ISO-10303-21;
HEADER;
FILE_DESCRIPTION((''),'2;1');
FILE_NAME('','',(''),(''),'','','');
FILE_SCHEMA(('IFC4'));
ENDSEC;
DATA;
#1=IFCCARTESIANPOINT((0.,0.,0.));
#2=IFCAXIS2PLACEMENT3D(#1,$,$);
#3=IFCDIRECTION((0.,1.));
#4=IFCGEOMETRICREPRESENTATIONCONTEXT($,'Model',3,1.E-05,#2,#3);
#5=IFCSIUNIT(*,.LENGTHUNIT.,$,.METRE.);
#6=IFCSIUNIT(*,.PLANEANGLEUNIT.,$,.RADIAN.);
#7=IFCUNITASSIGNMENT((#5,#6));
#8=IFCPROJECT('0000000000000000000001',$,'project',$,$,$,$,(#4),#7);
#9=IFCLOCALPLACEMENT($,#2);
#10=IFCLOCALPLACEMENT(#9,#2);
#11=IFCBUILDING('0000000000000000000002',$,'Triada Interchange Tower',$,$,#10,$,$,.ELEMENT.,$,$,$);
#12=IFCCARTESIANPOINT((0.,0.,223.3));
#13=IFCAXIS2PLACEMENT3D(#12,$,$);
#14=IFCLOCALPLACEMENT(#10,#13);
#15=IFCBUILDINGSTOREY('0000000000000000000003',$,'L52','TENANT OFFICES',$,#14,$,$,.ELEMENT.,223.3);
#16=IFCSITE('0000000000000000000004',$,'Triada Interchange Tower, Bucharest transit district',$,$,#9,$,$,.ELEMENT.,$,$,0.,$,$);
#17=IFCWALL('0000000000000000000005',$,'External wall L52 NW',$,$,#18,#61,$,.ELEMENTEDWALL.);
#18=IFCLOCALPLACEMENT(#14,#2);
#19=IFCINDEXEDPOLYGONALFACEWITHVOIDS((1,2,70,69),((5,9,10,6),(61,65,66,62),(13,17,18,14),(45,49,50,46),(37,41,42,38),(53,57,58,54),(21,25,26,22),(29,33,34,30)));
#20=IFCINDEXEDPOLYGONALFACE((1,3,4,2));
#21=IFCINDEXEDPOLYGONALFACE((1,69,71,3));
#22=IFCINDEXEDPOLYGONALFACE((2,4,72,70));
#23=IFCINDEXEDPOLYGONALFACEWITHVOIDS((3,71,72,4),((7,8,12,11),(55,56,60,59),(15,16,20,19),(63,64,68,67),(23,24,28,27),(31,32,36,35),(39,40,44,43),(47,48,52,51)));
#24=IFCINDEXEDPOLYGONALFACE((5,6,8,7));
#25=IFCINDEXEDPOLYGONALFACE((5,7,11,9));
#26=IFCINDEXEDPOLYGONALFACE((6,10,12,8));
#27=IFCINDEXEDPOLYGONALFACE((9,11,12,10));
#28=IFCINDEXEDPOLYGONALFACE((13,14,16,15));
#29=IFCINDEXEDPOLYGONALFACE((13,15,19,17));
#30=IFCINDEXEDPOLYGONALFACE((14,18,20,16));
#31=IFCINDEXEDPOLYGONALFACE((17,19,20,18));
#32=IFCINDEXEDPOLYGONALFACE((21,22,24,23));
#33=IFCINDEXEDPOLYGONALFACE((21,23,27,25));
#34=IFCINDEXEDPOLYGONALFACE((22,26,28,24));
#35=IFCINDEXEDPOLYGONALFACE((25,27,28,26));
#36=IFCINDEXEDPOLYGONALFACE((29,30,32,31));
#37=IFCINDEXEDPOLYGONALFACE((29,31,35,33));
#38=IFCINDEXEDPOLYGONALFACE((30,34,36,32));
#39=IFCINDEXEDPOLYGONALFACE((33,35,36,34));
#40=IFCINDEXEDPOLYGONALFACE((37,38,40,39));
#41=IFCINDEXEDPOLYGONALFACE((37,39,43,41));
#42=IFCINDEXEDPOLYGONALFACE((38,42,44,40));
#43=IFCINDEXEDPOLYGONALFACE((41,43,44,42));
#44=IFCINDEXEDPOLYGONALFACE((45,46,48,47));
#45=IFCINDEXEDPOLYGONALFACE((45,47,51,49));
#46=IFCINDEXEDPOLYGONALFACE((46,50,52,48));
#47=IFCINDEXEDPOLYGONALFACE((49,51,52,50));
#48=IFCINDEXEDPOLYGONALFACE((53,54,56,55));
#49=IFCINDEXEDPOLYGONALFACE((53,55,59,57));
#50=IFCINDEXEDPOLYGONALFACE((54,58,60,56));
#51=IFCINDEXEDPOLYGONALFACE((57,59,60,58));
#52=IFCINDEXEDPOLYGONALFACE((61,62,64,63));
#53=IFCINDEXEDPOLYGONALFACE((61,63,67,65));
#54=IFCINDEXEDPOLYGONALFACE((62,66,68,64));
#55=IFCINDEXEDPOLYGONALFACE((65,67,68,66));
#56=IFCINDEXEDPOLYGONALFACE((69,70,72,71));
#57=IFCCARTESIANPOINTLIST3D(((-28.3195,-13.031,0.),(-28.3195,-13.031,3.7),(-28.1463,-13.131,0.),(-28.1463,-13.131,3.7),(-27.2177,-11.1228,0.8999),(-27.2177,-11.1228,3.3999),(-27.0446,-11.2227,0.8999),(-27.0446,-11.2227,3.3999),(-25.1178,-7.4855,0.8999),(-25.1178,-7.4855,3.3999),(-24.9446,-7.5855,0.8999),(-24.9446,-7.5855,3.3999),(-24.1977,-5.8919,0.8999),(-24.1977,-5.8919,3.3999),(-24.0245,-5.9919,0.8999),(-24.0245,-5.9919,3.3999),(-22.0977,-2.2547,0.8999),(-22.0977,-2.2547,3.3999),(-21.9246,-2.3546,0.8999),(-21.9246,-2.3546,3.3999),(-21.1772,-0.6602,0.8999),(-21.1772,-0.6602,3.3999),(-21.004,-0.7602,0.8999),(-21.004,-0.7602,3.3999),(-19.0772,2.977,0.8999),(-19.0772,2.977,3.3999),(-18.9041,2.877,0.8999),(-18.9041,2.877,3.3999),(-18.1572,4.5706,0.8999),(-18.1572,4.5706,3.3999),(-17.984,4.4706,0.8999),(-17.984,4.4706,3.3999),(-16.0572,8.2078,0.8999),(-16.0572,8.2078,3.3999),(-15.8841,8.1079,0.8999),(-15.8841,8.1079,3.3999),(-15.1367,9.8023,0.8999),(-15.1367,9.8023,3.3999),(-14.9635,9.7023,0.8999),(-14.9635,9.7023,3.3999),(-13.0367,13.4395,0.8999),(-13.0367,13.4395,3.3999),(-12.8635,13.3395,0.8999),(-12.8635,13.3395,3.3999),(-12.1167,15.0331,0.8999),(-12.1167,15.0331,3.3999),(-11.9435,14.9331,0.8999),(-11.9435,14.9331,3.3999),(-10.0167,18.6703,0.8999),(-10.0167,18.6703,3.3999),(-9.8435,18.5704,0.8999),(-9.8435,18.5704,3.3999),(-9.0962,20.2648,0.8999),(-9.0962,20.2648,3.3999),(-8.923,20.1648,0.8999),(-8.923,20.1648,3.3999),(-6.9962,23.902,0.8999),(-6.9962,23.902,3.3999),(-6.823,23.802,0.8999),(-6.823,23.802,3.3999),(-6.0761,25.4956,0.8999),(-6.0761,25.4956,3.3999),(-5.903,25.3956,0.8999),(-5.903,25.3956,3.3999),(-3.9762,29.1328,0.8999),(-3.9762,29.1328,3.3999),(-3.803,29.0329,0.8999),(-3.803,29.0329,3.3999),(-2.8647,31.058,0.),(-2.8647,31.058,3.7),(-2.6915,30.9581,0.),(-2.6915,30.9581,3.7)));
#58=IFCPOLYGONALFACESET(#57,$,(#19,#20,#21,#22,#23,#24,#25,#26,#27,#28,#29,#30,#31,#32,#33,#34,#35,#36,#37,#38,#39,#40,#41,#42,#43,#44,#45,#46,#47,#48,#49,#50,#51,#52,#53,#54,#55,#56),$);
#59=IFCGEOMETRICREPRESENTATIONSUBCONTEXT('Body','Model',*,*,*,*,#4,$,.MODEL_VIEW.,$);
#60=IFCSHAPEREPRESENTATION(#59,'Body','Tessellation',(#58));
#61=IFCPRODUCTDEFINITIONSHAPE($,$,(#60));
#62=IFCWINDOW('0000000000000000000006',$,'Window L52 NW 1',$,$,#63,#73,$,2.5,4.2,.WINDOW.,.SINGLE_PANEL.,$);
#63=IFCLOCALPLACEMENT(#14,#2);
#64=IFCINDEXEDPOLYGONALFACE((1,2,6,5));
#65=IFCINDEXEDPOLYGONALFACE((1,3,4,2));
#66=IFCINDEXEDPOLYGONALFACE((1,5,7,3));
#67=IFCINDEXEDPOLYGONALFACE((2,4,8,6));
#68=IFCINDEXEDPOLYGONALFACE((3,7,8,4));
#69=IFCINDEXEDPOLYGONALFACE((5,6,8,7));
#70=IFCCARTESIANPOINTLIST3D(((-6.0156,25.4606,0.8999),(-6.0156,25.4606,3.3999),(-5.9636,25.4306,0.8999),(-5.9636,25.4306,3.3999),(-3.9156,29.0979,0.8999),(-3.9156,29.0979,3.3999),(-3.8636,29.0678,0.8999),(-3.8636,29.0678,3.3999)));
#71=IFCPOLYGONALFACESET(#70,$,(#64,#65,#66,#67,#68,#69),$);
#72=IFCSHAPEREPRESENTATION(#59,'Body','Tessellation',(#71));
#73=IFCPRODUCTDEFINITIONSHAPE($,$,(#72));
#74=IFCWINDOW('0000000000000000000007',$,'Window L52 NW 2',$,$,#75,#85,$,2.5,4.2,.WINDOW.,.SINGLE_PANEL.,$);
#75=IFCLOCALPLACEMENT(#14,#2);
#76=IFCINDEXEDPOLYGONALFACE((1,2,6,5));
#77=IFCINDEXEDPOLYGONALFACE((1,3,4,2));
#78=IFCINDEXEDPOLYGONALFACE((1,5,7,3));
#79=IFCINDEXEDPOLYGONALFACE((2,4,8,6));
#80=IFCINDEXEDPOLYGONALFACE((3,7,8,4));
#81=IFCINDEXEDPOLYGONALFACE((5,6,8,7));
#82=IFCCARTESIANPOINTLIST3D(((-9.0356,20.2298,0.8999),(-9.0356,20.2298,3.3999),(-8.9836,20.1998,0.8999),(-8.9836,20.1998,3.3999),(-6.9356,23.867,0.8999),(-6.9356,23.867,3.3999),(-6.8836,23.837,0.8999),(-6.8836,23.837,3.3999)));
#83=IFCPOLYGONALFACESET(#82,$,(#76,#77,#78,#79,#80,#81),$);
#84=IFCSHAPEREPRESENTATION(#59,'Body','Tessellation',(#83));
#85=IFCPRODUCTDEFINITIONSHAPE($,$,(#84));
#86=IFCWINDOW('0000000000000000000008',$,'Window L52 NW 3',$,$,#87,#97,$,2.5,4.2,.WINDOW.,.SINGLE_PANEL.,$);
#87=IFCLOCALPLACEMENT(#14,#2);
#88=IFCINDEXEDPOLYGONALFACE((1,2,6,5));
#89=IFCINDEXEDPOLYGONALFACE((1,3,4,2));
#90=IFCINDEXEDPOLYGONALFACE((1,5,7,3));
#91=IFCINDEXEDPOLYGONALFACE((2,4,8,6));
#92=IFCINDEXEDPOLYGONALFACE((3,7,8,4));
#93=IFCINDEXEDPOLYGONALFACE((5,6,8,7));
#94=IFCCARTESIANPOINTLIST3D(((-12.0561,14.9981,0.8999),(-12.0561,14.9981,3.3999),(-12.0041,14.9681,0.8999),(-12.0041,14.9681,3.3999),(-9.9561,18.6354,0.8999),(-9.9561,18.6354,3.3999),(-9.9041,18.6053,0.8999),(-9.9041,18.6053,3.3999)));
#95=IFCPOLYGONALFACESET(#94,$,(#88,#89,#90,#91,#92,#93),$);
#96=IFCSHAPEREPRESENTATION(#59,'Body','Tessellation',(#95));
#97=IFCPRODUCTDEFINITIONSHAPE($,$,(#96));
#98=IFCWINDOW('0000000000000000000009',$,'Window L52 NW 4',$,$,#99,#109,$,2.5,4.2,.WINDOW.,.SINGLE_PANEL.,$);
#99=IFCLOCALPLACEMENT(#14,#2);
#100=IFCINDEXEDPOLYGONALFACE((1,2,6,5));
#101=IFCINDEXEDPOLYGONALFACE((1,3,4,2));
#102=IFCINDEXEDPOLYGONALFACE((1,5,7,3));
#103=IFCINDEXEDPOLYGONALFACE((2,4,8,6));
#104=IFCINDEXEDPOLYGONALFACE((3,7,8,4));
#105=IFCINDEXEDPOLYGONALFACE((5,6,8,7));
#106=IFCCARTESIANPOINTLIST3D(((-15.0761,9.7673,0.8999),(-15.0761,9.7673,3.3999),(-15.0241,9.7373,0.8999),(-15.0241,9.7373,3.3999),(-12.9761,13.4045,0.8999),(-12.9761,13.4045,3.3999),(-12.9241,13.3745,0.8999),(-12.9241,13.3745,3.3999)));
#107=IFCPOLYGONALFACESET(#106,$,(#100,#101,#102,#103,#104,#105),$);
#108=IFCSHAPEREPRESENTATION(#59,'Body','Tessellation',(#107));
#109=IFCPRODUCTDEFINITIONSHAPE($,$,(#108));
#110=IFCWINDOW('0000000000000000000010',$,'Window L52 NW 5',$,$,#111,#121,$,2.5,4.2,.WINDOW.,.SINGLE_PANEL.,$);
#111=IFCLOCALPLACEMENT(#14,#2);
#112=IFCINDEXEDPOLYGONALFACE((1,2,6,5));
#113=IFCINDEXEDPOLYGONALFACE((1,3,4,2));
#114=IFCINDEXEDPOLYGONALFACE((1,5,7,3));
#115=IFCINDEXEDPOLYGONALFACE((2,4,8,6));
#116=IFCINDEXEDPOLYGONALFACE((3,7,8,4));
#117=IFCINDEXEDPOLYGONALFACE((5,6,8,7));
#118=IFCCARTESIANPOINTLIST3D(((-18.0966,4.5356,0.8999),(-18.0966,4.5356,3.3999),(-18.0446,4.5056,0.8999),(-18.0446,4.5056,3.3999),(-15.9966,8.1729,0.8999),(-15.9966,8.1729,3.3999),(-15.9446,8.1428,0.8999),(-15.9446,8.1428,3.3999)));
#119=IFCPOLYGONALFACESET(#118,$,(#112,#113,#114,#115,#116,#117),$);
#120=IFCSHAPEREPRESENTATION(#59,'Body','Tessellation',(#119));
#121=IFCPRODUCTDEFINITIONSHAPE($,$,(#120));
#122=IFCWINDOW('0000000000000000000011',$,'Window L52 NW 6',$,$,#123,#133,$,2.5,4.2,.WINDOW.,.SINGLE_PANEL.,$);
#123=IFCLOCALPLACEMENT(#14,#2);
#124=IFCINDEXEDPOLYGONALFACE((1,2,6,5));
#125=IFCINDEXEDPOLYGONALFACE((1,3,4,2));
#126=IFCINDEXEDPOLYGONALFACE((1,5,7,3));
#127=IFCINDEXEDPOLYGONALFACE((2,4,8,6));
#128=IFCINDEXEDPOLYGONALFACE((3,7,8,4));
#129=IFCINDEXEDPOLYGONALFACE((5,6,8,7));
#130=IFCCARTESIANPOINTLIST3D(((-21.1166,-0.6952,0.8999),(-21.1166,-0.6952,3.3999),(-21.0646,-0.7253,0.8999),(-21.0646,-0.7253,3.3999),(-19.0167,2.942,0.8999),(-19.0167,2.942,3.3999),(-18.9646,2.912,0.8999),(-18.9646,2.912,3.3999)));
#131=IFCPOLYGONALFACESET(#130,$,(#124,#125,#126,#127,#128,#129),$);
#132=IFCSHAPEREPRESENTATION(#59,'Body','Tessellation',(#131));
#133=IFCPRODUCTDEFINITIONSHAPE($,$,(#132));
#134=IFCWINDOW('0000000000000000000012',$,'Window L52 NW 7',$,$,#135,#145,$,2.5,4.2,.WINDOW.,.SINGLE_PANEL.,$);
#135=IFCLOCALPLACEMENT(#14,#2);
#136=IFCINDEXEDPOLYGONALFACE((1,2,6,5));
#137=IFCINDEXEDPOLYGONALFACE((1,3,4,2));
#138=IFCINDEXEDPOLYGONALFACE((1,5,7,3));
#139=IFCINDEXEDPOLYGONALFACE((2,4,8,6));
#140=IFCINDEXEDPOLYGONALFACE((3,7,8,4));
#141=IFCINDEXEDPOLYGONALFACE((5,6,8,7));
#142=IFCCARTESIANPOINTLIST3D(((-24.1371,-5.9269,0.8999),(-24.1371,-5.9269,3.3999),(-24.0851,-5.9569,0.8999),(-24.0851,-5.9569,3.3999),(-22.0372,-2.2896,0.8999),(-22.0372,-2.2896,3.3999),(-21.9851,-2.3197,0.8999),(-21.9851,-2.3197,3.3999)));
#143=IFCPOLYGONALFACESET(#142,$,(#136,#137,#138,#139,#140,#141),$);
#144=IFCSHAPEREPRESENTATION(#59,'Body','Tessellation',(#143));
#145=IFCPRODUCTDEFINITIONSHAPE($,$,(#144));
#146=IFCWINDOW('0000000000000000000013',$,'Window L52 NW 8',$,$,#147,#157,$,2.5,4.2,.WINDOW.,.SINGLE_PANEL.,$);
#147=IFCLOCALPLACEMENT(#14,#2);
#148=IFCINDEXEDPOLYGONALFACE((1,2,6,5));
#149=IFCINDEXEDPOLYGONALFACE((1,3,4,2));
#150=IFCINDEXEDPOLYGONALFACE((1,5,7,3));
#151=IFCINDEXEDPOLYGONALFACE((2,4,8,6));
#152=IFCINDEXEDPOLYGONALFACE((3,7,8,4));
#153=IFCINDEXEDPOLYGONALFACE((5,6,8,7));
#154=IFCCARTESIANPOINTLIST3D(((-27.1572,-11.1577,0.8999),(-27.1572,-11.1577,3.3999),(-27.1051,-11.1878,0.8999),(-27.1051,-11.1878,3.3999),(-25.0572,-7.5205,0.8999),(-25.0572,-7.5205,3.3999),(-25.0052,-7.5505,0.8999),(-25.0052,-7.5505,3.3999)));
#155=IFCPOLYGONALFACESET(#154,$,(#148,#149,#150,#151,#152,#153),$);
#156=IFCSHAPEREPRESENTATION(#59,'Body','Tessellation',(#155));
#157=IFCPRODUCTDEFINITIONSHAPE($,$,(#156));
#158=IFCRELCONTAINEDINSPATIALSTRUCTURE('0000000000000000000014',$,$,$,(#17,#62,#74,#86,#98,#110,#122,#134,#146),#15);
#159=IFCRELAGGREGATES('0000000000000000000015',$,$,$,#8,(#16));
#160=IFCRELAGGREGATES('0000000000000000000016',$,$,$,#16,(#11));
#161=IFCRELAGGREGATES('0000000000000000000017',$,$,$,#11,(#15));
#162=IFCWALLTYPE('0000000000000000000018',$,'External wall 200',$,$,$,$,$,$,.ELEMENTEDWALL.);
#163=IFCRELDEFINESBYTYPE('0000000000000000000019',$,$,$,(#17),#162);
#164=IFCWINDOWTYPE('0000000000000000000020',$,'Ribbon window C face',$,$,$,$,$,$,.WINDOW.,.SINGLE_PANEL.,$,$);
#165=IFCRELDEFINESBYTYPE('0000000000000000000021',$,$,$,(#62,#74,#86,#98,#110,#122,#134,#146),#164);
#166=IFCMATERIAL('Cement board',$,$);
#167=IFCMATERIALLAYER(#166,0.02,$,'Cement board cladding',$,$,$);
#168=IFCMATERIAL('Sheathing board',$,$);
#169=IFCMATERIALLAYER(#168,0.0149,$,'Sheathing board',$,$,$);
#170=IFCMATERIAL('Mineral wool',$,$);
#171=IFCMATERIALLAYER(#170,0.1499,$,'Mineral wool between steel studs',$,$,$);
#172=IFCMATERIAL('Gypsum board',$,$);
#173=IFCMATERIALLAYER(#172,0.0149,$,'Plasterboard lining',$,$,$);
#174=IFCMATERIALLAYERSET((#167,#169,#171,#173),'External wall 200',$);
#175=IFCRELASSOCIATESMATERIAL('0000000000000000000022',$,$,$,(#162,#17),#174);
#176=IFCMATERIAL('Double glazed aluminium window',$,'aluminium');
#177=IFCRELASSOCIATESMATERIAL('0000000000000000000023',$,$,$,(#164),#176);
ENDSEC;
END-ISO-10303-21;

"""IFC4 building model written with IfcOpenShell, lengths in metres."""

from ifc_helpers import new_model, si_unit, direction, frame, frame_2d, origin, place, context, subcontext, project, spatial, rectangle, extrude, material, layer, layer_set, layer_usage, type_object, element, fill, save


model = new_model("IFC4")

# Units and contexts
model_context = context("Model", 3, precision=1e-05, world=origin(), true_north=direction((0.0, 1.0)))
body_context = subcontext(model_context, "Body", "Model", "MODEL_VIEW")
ifc_project = project(units=[si_unit("LENGTHUNIT", "METRE"), si_unit("PLANEANGLEUNIT", "RADIAN")], contexts=[model_context])

# Site, building, storey
site_placement = place(None, origin())
site = spatial("IfcSite", under=ifc_project, at=site_placement, Name="Triada Interchange Tower, Bucharest transit district", CompositionType="ELEMENT", RefElevation=0.0)
building_placement = place(site_placement, origin())
building = spatial("IfcBuilding", under=site, at=building_placement, Name="Triada Interchange Tower", CompositionType="ELEMENT")
storey_placement = place(building_placement, frame((0.0, 0.0, 223.3)))
storey = spatial("IfcBuildingStorey", under=building, at=storey_placement, Name="L52", Description="TENANT OFFICES", CompositionType="ELEMENT", Elevation=223.3)

# Wall, openings, windows
ifc_material_1 = material(Name="Cement board")
ifc_layer_1 = layer(ifc_material_1, 0.02, Name="Cement board cladding")
ifc_material_2 = material(Name="Sheathing board")
ifc_layer_2 = layer(ifc_material_2, 0.0149, Name="Sheathing board")
ifc_material_3 = material(Name="Mineral wool")
ifc_layer_3 = layer(ifc_material_3, 0.1499, Name="Mineral wool between steel studs")
ifc_material_4 = material(Name="Gypsum board")
ifc_layer_4 = layer(ifc_material_4, 0.0149, Name="Plasterboard lining")
ifc_layer_set_1 = layer_set([ifc_layer_1, ifc_layer_2, ifc_layer_3, ifc_layer_4], Name="External wall 200")
ifc_layer_usage = layer_usage(ifc_layer_set_1, "AXIS2", "POSITIVE", -0.1001)
wall_type_1 = type_object("IfcWallType", Name="External wall 200", PredefinedType="ELEMENTEDWALL", material=ifc_layer_set_1)
wall_1_placement = place(storey_placement, frame((-2.7781, 31.0081, 0.0), z_axis=(0.0, 0.0, 1.0), x_axis=(-0.5, -0.866026, 0.0)))
wall_1 = element("IfcWall", 1, at=wall_1_placement, inside=storey, type_object=wall_type_1, material=ifc_layer_usage, Name="External wall L52 NW", PredefinedType="ELEMENTEDWALL", context=body_context, shape_type="SweptSolid", body=[
    extrude(rectangle(XDim=50.9097, YDim=0.2, at=frame_2d((25.4548, 0.0))), origin(), (0.0, 0.0, 1.0), 3.7),
])
opening_1_placement = place(wall_1_placement, frame((2.2229, 0.0, 0.8999)))
opening_1 = element("IfcOpeningElement", 2, at=opening_1_placement, cuts=wall_1, PredefinedType="OPENING", context=body_context, shape_type="SweptSolid", body=[
    extrude(rectangle(XDim=4.2, YDim=2.5, at=frame_2d((2.1001, 1.25))), frame((0.0, 0.1099, 0.0), z_axis=(0.0, -1.0, 0.0), x_axis=(1.0, 0.0, 0.0)), (0.0, 0.0, 1.0), 0.22),
])
opening_2_placement = place(wall_1_placement, frame((8.2629, 0.0, 0.8999)))
opening_2 = element("IfcOpeningElement", 3, at=opening_2_placement, cuts=wall_1, PredefinedType="OPENING", context=body_context, shape_type="SweptSolid", body=[
    extrude(rectangle(XDim=4.2, YDim=2.5, at=frame_2d((2.1001, 1.25))), frame((0.0, 0.1099, 0.0), z_axis=(0.0, -1.0, 0.0), x_axis=(1.0, 0.0, 0.0)), (0.0, 0.0, 1.0), 0.22),
])
opening_3_placement = place(wall_1_placement, frame((14.304, 0.0, 0.8999)))
opening_3 = element("IfcOpeningElement", 4, at=opening_3_placement, cuts=wall_1, PredefinedType="OPENING", context=body_context, shape_type="SweptSolid", body=[
    extrude(rectangle(XDim=4.2, YDim=2.5, at=frame_2d((2.1001, 1.25))), frame((0.0, 0.1099, 0.0), z_axis=(0.0, -1.0, 0.0), x_axis=(1.0, 0.0, 0.0)), (0.0, 0.0, 1.0), 0.22),
])
opening_4_placement = place(wall_1_placement, frame((20.344, 0.0, 0.8999)))
opening_4 = element("IfcOpeningElement", 5, at=opening_4_placement, cuts=wall_1, PredefinedType="OPENING", context=body_context, shape_type="SweptSolid", body=[
    extrude(rectangle(XDim=4.2, YDim=2.5, at=frame_2d((2.1001, 1.25))), frame((0.0, 0.1099, 0.0), z_axis=(0.0, -1.0, 0.0), x_axis=(1.0, 0.0, 0.0)), (0.0, 0.0, 1.0), 0.22),
])
opening_5_placement = place(wall_1_placement, frame((26.385, 0.0, 0.8999)))
opening_5 = element("IfcOpeningElement", 6, at=opening_5_placement, cuts=wall_1, PredefinedType="OPENING", context=body_context, shape_type="SweptSolid", body=[
    extrude(rectangle(XDim=4.2, YDim=2.5, at=frame_2d((2.1001, 1.25))), frame((0.0, 0.1099, 0.0), z_axis=(0.0, -1.0, 0.0), x_axis=(1.0, 0.0, 0.0)), (0.0, 0.0, 1.0), 0.22),
])
opening_6_placement = place(wall_1_placement, frame((32.425, 0.0, 0.8999)))
opening_6 = element("IfcOpeningElement", 7, at=opening_6_placement, cuts=wall_1, PredefinedType="OPENING", context=body_context, shape_type="SweptSolid", body=[
    extrude(rectangle(XDim=4.2, YDim=2.5, at=frame_2d((2.1001, 1.25))), frame((0.0, 0.1099, 0.0), z_axis=(0.0, -1.0, 0.0), x_axis=(1.0, 0.0, 0.0)), (0.0, 0.0, 1.0), 0.22),
])
opening_7_placement = place(wall_1_placement, frame((38.4661, 0.0, 0.8999)))
opening_7 = element("IfcOpeningElement", 8, at=opening_7_placement, cuts=wall_1, PredefinedType="OPENING", context=body_context, shape_type="SweptSolid", body=[
    extrude(rectangle(XDim=4.2, YDim=2.5, at=frame_2d((2.1001, 1.25))), frame((0.0, 0.1099, 0.0), z_axis=(0.0, -1.0, 0.0), x_axis=(1.0, 0.0, 0.0)), (0.0, 0.0, 1.0), 0.22),
])
opening_8_placement = place(wall_1_placement, frame((44.5061, 0.0, 0.8999)))
opening_8 = element("IfcOpeningElement", 9, at=opening_8_placement, cuts=wall_1, PredefinedType="OPENING", context=body_context, shape_type="SweptSolid", body=[
    extrude(rectangle(XDim=4.2, YDim=2.5, at=frame_2d((2.1001, 1.25))), frame((0.0, 0.1099, 0.0), z_axis=(0.0, -1.0, 0.0), x_axis=(1.0, 0.0, 0.0)), (0.0, 0.0, 1.0), 0.22),
])
ifc_material_5 = material(Name="Double glazed aluminium window", Category="aluminium")
window_type = type_object("IfcWindowType", Name="Ribbon window C face", PartitioningType="SINGLE_PANEL", PredefinedType="WINDOW", material=ifc_material_5)
window_1_placement = place(opening_1_placement, origin())
window_1 = element("IfcWindow", 10, at=window_1_placement, inside=storey, type_object=window_type, Name="Window L52 NW 1", OverallHeight=2.5, OverallWidth=4.2, PartitioningType="SINGLE_PANEL", PredefinedType="WINDOW", context=body_context, shape_type="SweptSolid", body=[
    extrude(rectangle(XDim=4.2, YDim=2.5, at=frame_2d((2.1001, 1.25))), frame((0.0, 0.03, 0.0), z_axis=(0.0, -1.0, 0.0), x_axis=(1.0, 0.0, 0.0)), (0.0, 0.0, 1.0), 0.0601),
])
fill(opening_1, window_1)
window_2_placement = place(opening_2_placement, origin())
window_2 = element("IfcWindow", 11, at=window_2_placement, inside=storey, type_object=window_type, Name="Window L52 NW 2", OverallHeight=2.5, OverallWidth=4.2, PartitioningType="SINGLE_PANEL", PredefinedType="WINDOW", context=body_context, shape_type="SweptSolid", body=[
    extrude(rectangle(XDim=4.2, YDim=2.5, at=frame_2d((2.1001, 1.25))), frame((0.0, 0.03, 0.0), z_axis=(0.0, -1.0, 0.0), x_axis=(1.0, 0.0, 0.0)), (0.0, 0.0, 1.0), 0.0601),
])
fill(opening_2, window_2)
window_3_placement = place(opening_3_placement, origin())
window_3 = element("IfcWindow", 12, at=window_3_placement, inside=storey, type_object=window_type, Name="Window L52 NW 3", OverallHeight=2.5, OverallWidth=4.2, PartitioningType="SINGLE_PANEL", PredefinedType="WINDOW", context=body_context, shape_type="SweptSolid", body=[
    extrude(rectangle(XDim=4.2, YDim=2.5, at=frame_2d((2.1001, 1.25))), frame((0.0, 0.03, 0.0), z_axis=(0.0, -1.0, 0.0), x_axis=(1.0, 0.0, 0.0)), (0.0, 0.0, 1.0), 0.0601),
])
fill(opening_3, window_3)
window_4_placement = place(opening_4_placement, origin())
window_4 = element("IfcWindow", 13, at=window_4_placement, inside=storey, type_object=window_type, Name="Window L52 NW 4", OverallHeight=2.5, OverallWidth=4.2, PartitioningType="SINGLE_PANEL", PredefinedType="WINDOW", context=body_context, shape_type="SweptSolid", body=[
    extrude(rectangle(XDim=4.2, YDim=2.5, at=frame_2d((2.1001, 1.25))), frame((0.0, 0.03, 0.0), z_axis=(0.0, -1.0, 0.0), x_axis=(1.0, 0.0, 0.0)), (0.0, 0.0, 1.0), 0.0601),
])
fill(opening_4, window_4)
window_5_placement = place(opening_5_placement, origin())
window_5 = element("IfcWindow", 14, at=window_5_placement, inside=storey, type_object=window_type, Name="Window L52 NW 5", OverallHeight=2.5, OverallWidth=4.2, PartitioningType="SINGLE_PANEL", PredefinedType="WINDOW", context=body_context, shape_type="SweptSolid", body=[
    extrude(rectangle(XDim=4.2, YDim=2.5, at=frame_2d((2.1001, 1.25))), frame((0.0, 0.03, 0.0), z_axis=(0.0, -1.0, 0.0), x_axis=(1.0, 0.0, 0.0)), (0.0, 0.0, 1.0), 0.0601),
])
fill(opening_5, window_5)
window_6_placement = place(opening_6_placement, origin())
window_6 = element("IfcWindow", 15, at=window_6_placement, inside=storey, type_object=window_type, Name="Window L52 NW 6", OverallHeight=2.5, OverallWidth=4.2, PartitioningType="SINGLE_PANEL", PredefinedType="WINDOW", context=body_context, shape_type="SweptSolid", body=[
    extrude(rectangle(XDim=4.2, YDim=2.5, at=frame_2d((2.1001, 1.25))), frame((0.0, 0.03, 0.0), z_axis=(0.0, -1.0, 0.0), x_axis=(1.0, 0.0, 0.0)), (0.0, 0.0, 1.0), 0.0601),
])
fill(opening_6, window_6)
window_7_placement = place(opening_7_placement, origin())
window_7 = element("IfcWindow", 16, at=window_7_placement, inside=storey, type_object=window_type, Name="Window L52 NW 7", OverallHeight=2.5, OverallWidth=4.2, PartitioningType="SINGLE_PANEL", PredefinedType="WINDOW", context=body_context, shape_type="SweptSolid", body=[
    extrude(rectangle(XDim=4.2, YDim=2.5, at=frame_2d((2.1001, 1.25))), frame((0.0, 0.03, 0.0), z_axis=(0.0, -1.0, 0.0), x_axis=(1.0, 0.0, 0.0)), (0.0, 0.0, 1.0), 0.0601),
])
fill(opening_7, window_7)
window_8_placement = place(opening_8_placement, origin())
window_8 = element("IfcWindow", 17, at=window_8_placement, inside=storey, type_object=window_type, Name="Window L52 NW 8", OverallHeight=2.5, OverallWidth=4.2, PartitioningType="SINGLE_PANEL", PredefinedType="WINDOW", context=body_context, shape_type="SweptSolid", body=[
    extrude(rectangle(XDim=4.2, YDim=2.5, at=frame_2d((2.1001, 1.25))), frame((0.0, 0.03, 0.0), z_axis=(0.0, -1.0, 0.0), x_axis=(1.0, 0.0, 0.0)), (0.0, 0.0, 1.0), 0.0601),
])
fill(opening_8, window_8)

save(model, "model.ifc")
